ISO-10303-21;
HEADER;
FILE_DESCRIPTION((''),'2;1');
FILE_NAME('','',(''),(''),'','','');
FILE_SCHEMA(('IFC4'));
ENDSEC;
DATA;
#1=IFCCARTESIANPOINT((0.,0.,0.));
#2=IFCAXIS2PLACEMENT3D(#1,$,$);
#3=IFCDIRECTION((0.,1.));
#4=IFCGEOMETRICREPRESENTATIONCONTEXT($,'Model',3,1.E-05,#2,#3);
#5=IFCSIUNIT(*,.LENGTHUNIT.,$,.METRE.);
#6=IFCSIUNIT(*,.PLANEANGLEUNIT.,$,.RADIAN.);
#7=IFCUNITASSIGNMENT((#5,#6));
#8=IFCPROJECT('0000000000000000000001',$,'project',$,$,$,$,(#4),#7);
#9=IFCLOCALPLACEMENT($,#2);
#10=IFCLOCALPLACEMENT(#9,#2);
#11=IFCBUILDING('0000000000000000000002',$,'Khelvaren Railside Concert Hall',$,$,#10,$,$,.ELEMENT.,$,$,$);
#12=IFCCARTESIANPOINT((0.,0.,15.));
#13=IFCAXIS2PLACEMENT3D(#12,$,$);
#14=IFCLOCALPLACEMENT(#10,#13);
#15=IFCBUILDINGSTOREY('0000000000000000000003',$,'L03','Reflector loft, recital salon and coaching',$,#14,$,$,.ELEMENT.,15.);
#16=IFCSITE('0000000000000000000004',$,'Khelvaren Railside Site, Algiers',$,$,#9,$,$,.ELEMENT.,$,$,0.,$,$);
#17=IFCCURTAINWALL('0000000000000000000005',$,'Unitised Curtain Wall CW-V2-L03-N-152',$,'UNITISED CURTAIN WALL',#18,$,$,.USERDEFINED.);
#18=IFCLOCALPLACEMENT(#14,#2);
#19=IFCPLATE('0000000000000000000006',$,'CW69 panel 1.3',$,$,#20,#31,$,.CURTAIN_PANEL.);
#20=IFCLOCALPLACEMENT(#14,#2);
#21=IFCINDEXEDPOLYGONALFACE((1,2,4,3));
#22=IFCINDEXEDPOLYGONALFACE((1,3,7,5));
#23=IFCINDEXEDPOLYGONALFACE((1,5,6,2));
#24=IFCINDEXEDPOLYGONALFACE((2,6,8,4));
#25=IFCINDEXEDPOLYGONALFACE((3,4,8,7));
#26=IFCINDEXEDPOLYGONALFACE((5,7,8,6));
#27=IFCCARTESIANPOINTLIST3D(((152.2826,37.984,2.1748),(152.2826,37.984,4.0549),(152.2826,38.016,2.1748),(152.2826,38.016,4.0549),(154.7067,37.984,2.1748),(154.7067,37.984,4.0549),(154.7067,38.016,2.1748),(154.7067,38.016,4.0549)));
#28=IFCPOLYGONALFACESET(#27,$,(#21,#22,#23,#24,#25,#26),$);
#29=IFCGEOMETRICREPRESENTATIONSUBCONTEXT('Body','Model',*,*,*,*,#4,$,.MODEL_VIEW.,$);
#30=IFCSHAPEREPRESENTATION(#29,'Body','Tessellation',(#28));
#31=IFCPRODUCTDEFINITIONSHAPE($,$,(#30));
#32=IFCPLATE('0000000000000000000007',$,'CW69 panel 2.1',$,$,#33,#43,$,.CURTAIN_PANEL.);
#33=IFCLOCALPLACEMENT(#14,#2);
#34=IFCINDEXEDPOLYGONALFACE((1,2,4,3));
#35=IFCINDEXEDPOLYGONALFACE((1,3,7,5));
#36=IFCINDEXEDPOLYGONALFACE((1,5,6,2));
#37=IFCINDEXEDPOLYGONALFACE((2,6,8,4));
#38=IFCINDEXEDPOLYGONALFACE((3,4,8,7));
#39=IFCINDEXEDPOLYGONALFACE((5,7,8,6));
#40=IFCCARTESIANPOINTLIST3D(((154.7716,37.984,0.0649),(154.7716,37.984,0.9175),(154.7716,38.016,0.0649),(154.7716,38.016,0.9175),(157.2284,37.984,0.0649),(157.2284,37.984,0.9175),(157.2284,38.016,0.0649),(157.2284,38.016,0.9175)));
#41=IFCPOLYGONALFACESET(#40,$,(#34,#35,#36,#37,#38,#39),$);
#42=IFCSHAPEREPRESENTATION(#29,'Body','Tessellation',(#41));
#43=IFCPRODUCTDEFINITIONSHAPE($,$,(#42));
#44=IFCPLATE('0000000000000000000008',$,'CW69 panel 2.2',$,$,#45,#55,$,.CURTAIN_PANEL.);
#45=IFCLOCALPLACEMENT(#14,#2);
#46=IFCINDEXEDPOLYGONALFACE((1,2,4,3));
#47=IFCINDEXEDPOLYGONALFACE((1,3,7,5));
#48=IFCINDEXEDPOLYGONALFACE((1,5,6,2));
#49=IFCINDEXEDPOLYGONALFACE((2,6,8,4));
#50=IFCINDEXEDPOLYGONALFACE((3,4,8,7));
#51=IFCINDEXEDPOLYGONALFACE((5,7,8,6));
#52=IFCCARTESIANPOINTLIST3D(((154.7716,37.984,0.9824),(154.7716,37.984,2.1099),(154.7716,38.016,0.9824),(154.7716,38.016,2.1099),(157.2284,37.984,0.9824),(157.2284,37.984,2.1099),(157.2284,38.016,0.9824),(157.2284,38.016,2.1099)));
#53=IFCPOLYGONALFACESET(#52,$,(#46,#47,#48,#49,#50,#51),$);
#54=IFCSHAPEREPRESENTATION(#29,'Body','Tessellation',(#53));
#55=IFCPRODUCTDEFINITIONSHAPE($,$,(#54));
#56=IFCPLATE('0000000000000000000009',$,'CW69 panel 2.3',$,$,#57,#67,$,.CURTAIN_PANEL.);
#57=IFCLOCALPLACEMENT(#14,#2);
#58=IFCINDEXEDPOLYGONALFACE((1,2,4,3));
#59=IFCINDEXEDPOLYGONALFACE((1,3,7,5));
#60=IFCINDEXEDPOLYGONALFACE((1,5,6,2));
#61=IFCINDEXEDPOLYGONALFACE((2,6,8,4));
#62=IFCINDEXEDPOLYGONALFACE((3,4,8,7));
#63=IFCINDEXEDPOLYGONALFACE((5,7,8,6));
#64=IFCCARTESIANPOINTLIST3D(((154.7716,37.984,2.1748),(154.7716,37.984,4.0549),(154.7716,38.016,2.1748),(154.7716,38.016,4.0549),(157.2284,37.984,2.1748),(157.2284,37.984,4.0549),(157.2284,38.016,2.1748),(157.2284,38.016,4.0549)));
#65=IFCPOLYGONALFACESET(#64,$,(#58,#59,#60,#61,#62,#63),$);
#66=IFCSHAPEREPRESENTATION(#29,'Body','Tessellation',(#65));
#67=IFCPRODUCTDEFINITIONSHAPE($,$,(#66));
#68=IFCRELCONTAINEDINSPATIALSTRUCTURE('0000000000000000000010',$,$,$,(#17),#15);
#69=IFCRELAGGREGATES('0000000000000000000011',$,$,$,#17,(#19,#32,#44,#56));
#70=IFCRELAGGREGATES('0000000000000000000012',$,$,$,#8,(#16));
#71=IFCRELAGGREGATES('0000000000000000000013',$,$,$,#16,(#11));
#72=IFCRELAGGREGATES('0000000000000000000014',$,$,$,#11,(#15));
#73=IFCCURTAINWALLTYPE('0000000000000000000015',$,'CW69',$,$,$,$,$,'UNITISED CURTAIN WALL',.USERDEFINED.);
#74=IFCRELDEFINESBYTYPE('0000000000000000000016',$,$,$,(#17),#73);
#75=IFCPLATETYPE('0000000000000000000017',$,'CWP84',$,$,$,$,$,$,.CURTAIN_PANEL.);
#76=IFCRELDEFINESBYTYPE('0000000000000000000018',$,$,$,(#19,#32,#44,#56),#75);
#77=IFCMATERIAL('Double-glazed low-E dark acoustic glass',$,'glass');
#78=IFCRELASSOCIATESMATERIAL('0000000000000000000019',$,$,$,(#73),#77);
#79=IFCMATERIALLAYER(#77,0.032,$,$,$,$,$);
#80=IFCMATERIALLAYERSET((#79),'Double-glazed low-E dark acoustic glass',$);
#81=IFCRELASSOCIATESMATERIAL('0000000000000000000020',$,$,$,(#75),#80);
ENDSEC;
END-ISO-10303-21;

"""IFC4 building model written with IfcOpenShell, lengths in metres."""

from ifc_helpers import new_model, si_unit, direction, frame, origin, origin_2d, place, context, subcontext, project, spatial, rectangle, extrude, material, layer, layer_set, type_object, element, aggregate, save


model = new_model("IFC4")

# Units and contexts
model_context = context("Model", 3, precision=1e-05, world=origin(), true_north=direction((0.0, 1.0)))
body_context = subcontext(model_context, "Body", "Model", "MODEL_VIEW")
ifc_project = project(units=[si_unit("LENGTHUNIT", "METRE"), si_unit("PLANEANGLEUNIT", "RADIAN")], contexts=[model_context])

# Site, building, storey
site_placement = place(None, origin())
site = spatial("IfcSite", under=ifc_project, at=site_placement, Name="Khelvaren Railside Site, Algiers", CompositionType="ELEMENT", RefElevation=0.0)
building_placement = place(site_placement, origin())
building = spatial("IfcBuilding", under=site, at=building_placement, Name="Khelvaren Railside Concert Hall", CompositionType="ELEMENT")
storey_placement = place(building_placement, frame((0.0, 0.0, 15.0)))
storey = spatial("IfcBuildingStorey", under=building, at=storey_placement, Name="L03", Description="Reflector loft, recital salon and coaching", CompositionType="ELEMENT", Elevation=15.0)

# Curtain wall
ifc_material_1 = material(Name="Double-glazed low-E dark acoustic glass", Category="glass")
curtain_wall_type_1 = type_object("IfcCurtainWallType", Name="CW69", ElementType="UNITISED CURTAIN WALL", PredefinedType="USERDEFINED", material=ifc_material_1)
curtain_wall_1_placement = place(storey_placement, origin())
curtain_wall_1 = element("IfcCurtainWall", 1, at=curtain_wall_1_placement, inside=storey, type_object=curtain_wall_type_1, Name="Unitised Curtain Wall CW-V2-L03-N-152", ObjectType="UNITISED CURTAIN WALL", PredefinedType="USERDEFINED")

# Plates
ifc_layer = layer(ifc_material_1, 0.032)
ifc_layer_set = layer_set([ifc_layer], Name="Double-glazed low-E dark acoustic glass")
plate_type = type_object("IfcPlateType", Name="CWP84", PredefinedType="CURTAIN_PANEL", material=ifc_layer_set)
plate_1_placement = place(storey_placement, frame((153.4946, 38.0, 2.1748), z_axis=(0.0, 0.0, 1.0), x_axis=(1.0, 0.0, 0.0)))
plate_1 = element("IfcPlate", 2, at=plate_1_placement, type_object=plate_type, Name="CW69 panel 1.3", PredefinedType="CURTAIN_PANEL", context=body_context, shape_type="SweptSolid", body=[
    extrude(rectangle(XDim=2.4241, YDim=0.032, at=origin_2d()), origin(), (0.0, 0.0, 1.0), 1.8801),
])
plate_2_placement = place(storey_placement, frame((156.0, 38.0, 0.0649), z_axis=(0.0, 0.0, 1.0), x_axis=(1.0, 0.0, 0.0)))
plate_2 = element("IfcPlate", 3, at=plate_2_placement, type_object=plate_type, Name="CW69 panel 2.1", PredefinedType="CURTAIN_PANEL", context=body_context, shape_type="SweptSolid", body=[
    extrude(rectangle(XDim=2.4568, YDim=0.032, at=origin_2d()), origin(), (0.0, 0.0, 1.0), 0.8525),
])
plate_3_placement = place(storey_placement, frame((156.0, 38.0, 0.9824), z_axis=(0.0, 0.0, 1.0), x_axis=(1.0, 0.0, 0.0)))
plate_3 = element("IfcPlate", 4, at=plate_3_placement, type_object=plate_type, Name="CW69 panel 2.2", PredefinedType="CURTAIN_PANEL", context=body_context, shape_type="SweptSolid", body=[
    extrude(rectangle(XDim=2.4568, YDim=0.032, at=origin_2d()), origin(), (0.0, 0.0, 1.0), 1.1274),
])
plate_4_placement = place(storey_placement, frame((156.0, 38.0, 2.1748), z_axis=(0.0, 0.0, 1.0), x_axis=(1.0, 0.0, 0.0)))
plate_4 = element("IfcPlate", 5, at=plate_4_placement, type_object=plate_type, Name="CW69 panel 2.3", PredefinedType="CURTAIN_PANEL", context=body_context, shape_type="SweptSolid", body=[
    extrude(rectangle(XDim=2.4568, YDim=0.032, at=origin_2d()), origin(), (0.0, 0.0, 1.0), 1.8801),
])
aggregate(curtain_wall_1, [plate_1, plate_2, plate_3, plate_4])

save(model, "model.ifc")
